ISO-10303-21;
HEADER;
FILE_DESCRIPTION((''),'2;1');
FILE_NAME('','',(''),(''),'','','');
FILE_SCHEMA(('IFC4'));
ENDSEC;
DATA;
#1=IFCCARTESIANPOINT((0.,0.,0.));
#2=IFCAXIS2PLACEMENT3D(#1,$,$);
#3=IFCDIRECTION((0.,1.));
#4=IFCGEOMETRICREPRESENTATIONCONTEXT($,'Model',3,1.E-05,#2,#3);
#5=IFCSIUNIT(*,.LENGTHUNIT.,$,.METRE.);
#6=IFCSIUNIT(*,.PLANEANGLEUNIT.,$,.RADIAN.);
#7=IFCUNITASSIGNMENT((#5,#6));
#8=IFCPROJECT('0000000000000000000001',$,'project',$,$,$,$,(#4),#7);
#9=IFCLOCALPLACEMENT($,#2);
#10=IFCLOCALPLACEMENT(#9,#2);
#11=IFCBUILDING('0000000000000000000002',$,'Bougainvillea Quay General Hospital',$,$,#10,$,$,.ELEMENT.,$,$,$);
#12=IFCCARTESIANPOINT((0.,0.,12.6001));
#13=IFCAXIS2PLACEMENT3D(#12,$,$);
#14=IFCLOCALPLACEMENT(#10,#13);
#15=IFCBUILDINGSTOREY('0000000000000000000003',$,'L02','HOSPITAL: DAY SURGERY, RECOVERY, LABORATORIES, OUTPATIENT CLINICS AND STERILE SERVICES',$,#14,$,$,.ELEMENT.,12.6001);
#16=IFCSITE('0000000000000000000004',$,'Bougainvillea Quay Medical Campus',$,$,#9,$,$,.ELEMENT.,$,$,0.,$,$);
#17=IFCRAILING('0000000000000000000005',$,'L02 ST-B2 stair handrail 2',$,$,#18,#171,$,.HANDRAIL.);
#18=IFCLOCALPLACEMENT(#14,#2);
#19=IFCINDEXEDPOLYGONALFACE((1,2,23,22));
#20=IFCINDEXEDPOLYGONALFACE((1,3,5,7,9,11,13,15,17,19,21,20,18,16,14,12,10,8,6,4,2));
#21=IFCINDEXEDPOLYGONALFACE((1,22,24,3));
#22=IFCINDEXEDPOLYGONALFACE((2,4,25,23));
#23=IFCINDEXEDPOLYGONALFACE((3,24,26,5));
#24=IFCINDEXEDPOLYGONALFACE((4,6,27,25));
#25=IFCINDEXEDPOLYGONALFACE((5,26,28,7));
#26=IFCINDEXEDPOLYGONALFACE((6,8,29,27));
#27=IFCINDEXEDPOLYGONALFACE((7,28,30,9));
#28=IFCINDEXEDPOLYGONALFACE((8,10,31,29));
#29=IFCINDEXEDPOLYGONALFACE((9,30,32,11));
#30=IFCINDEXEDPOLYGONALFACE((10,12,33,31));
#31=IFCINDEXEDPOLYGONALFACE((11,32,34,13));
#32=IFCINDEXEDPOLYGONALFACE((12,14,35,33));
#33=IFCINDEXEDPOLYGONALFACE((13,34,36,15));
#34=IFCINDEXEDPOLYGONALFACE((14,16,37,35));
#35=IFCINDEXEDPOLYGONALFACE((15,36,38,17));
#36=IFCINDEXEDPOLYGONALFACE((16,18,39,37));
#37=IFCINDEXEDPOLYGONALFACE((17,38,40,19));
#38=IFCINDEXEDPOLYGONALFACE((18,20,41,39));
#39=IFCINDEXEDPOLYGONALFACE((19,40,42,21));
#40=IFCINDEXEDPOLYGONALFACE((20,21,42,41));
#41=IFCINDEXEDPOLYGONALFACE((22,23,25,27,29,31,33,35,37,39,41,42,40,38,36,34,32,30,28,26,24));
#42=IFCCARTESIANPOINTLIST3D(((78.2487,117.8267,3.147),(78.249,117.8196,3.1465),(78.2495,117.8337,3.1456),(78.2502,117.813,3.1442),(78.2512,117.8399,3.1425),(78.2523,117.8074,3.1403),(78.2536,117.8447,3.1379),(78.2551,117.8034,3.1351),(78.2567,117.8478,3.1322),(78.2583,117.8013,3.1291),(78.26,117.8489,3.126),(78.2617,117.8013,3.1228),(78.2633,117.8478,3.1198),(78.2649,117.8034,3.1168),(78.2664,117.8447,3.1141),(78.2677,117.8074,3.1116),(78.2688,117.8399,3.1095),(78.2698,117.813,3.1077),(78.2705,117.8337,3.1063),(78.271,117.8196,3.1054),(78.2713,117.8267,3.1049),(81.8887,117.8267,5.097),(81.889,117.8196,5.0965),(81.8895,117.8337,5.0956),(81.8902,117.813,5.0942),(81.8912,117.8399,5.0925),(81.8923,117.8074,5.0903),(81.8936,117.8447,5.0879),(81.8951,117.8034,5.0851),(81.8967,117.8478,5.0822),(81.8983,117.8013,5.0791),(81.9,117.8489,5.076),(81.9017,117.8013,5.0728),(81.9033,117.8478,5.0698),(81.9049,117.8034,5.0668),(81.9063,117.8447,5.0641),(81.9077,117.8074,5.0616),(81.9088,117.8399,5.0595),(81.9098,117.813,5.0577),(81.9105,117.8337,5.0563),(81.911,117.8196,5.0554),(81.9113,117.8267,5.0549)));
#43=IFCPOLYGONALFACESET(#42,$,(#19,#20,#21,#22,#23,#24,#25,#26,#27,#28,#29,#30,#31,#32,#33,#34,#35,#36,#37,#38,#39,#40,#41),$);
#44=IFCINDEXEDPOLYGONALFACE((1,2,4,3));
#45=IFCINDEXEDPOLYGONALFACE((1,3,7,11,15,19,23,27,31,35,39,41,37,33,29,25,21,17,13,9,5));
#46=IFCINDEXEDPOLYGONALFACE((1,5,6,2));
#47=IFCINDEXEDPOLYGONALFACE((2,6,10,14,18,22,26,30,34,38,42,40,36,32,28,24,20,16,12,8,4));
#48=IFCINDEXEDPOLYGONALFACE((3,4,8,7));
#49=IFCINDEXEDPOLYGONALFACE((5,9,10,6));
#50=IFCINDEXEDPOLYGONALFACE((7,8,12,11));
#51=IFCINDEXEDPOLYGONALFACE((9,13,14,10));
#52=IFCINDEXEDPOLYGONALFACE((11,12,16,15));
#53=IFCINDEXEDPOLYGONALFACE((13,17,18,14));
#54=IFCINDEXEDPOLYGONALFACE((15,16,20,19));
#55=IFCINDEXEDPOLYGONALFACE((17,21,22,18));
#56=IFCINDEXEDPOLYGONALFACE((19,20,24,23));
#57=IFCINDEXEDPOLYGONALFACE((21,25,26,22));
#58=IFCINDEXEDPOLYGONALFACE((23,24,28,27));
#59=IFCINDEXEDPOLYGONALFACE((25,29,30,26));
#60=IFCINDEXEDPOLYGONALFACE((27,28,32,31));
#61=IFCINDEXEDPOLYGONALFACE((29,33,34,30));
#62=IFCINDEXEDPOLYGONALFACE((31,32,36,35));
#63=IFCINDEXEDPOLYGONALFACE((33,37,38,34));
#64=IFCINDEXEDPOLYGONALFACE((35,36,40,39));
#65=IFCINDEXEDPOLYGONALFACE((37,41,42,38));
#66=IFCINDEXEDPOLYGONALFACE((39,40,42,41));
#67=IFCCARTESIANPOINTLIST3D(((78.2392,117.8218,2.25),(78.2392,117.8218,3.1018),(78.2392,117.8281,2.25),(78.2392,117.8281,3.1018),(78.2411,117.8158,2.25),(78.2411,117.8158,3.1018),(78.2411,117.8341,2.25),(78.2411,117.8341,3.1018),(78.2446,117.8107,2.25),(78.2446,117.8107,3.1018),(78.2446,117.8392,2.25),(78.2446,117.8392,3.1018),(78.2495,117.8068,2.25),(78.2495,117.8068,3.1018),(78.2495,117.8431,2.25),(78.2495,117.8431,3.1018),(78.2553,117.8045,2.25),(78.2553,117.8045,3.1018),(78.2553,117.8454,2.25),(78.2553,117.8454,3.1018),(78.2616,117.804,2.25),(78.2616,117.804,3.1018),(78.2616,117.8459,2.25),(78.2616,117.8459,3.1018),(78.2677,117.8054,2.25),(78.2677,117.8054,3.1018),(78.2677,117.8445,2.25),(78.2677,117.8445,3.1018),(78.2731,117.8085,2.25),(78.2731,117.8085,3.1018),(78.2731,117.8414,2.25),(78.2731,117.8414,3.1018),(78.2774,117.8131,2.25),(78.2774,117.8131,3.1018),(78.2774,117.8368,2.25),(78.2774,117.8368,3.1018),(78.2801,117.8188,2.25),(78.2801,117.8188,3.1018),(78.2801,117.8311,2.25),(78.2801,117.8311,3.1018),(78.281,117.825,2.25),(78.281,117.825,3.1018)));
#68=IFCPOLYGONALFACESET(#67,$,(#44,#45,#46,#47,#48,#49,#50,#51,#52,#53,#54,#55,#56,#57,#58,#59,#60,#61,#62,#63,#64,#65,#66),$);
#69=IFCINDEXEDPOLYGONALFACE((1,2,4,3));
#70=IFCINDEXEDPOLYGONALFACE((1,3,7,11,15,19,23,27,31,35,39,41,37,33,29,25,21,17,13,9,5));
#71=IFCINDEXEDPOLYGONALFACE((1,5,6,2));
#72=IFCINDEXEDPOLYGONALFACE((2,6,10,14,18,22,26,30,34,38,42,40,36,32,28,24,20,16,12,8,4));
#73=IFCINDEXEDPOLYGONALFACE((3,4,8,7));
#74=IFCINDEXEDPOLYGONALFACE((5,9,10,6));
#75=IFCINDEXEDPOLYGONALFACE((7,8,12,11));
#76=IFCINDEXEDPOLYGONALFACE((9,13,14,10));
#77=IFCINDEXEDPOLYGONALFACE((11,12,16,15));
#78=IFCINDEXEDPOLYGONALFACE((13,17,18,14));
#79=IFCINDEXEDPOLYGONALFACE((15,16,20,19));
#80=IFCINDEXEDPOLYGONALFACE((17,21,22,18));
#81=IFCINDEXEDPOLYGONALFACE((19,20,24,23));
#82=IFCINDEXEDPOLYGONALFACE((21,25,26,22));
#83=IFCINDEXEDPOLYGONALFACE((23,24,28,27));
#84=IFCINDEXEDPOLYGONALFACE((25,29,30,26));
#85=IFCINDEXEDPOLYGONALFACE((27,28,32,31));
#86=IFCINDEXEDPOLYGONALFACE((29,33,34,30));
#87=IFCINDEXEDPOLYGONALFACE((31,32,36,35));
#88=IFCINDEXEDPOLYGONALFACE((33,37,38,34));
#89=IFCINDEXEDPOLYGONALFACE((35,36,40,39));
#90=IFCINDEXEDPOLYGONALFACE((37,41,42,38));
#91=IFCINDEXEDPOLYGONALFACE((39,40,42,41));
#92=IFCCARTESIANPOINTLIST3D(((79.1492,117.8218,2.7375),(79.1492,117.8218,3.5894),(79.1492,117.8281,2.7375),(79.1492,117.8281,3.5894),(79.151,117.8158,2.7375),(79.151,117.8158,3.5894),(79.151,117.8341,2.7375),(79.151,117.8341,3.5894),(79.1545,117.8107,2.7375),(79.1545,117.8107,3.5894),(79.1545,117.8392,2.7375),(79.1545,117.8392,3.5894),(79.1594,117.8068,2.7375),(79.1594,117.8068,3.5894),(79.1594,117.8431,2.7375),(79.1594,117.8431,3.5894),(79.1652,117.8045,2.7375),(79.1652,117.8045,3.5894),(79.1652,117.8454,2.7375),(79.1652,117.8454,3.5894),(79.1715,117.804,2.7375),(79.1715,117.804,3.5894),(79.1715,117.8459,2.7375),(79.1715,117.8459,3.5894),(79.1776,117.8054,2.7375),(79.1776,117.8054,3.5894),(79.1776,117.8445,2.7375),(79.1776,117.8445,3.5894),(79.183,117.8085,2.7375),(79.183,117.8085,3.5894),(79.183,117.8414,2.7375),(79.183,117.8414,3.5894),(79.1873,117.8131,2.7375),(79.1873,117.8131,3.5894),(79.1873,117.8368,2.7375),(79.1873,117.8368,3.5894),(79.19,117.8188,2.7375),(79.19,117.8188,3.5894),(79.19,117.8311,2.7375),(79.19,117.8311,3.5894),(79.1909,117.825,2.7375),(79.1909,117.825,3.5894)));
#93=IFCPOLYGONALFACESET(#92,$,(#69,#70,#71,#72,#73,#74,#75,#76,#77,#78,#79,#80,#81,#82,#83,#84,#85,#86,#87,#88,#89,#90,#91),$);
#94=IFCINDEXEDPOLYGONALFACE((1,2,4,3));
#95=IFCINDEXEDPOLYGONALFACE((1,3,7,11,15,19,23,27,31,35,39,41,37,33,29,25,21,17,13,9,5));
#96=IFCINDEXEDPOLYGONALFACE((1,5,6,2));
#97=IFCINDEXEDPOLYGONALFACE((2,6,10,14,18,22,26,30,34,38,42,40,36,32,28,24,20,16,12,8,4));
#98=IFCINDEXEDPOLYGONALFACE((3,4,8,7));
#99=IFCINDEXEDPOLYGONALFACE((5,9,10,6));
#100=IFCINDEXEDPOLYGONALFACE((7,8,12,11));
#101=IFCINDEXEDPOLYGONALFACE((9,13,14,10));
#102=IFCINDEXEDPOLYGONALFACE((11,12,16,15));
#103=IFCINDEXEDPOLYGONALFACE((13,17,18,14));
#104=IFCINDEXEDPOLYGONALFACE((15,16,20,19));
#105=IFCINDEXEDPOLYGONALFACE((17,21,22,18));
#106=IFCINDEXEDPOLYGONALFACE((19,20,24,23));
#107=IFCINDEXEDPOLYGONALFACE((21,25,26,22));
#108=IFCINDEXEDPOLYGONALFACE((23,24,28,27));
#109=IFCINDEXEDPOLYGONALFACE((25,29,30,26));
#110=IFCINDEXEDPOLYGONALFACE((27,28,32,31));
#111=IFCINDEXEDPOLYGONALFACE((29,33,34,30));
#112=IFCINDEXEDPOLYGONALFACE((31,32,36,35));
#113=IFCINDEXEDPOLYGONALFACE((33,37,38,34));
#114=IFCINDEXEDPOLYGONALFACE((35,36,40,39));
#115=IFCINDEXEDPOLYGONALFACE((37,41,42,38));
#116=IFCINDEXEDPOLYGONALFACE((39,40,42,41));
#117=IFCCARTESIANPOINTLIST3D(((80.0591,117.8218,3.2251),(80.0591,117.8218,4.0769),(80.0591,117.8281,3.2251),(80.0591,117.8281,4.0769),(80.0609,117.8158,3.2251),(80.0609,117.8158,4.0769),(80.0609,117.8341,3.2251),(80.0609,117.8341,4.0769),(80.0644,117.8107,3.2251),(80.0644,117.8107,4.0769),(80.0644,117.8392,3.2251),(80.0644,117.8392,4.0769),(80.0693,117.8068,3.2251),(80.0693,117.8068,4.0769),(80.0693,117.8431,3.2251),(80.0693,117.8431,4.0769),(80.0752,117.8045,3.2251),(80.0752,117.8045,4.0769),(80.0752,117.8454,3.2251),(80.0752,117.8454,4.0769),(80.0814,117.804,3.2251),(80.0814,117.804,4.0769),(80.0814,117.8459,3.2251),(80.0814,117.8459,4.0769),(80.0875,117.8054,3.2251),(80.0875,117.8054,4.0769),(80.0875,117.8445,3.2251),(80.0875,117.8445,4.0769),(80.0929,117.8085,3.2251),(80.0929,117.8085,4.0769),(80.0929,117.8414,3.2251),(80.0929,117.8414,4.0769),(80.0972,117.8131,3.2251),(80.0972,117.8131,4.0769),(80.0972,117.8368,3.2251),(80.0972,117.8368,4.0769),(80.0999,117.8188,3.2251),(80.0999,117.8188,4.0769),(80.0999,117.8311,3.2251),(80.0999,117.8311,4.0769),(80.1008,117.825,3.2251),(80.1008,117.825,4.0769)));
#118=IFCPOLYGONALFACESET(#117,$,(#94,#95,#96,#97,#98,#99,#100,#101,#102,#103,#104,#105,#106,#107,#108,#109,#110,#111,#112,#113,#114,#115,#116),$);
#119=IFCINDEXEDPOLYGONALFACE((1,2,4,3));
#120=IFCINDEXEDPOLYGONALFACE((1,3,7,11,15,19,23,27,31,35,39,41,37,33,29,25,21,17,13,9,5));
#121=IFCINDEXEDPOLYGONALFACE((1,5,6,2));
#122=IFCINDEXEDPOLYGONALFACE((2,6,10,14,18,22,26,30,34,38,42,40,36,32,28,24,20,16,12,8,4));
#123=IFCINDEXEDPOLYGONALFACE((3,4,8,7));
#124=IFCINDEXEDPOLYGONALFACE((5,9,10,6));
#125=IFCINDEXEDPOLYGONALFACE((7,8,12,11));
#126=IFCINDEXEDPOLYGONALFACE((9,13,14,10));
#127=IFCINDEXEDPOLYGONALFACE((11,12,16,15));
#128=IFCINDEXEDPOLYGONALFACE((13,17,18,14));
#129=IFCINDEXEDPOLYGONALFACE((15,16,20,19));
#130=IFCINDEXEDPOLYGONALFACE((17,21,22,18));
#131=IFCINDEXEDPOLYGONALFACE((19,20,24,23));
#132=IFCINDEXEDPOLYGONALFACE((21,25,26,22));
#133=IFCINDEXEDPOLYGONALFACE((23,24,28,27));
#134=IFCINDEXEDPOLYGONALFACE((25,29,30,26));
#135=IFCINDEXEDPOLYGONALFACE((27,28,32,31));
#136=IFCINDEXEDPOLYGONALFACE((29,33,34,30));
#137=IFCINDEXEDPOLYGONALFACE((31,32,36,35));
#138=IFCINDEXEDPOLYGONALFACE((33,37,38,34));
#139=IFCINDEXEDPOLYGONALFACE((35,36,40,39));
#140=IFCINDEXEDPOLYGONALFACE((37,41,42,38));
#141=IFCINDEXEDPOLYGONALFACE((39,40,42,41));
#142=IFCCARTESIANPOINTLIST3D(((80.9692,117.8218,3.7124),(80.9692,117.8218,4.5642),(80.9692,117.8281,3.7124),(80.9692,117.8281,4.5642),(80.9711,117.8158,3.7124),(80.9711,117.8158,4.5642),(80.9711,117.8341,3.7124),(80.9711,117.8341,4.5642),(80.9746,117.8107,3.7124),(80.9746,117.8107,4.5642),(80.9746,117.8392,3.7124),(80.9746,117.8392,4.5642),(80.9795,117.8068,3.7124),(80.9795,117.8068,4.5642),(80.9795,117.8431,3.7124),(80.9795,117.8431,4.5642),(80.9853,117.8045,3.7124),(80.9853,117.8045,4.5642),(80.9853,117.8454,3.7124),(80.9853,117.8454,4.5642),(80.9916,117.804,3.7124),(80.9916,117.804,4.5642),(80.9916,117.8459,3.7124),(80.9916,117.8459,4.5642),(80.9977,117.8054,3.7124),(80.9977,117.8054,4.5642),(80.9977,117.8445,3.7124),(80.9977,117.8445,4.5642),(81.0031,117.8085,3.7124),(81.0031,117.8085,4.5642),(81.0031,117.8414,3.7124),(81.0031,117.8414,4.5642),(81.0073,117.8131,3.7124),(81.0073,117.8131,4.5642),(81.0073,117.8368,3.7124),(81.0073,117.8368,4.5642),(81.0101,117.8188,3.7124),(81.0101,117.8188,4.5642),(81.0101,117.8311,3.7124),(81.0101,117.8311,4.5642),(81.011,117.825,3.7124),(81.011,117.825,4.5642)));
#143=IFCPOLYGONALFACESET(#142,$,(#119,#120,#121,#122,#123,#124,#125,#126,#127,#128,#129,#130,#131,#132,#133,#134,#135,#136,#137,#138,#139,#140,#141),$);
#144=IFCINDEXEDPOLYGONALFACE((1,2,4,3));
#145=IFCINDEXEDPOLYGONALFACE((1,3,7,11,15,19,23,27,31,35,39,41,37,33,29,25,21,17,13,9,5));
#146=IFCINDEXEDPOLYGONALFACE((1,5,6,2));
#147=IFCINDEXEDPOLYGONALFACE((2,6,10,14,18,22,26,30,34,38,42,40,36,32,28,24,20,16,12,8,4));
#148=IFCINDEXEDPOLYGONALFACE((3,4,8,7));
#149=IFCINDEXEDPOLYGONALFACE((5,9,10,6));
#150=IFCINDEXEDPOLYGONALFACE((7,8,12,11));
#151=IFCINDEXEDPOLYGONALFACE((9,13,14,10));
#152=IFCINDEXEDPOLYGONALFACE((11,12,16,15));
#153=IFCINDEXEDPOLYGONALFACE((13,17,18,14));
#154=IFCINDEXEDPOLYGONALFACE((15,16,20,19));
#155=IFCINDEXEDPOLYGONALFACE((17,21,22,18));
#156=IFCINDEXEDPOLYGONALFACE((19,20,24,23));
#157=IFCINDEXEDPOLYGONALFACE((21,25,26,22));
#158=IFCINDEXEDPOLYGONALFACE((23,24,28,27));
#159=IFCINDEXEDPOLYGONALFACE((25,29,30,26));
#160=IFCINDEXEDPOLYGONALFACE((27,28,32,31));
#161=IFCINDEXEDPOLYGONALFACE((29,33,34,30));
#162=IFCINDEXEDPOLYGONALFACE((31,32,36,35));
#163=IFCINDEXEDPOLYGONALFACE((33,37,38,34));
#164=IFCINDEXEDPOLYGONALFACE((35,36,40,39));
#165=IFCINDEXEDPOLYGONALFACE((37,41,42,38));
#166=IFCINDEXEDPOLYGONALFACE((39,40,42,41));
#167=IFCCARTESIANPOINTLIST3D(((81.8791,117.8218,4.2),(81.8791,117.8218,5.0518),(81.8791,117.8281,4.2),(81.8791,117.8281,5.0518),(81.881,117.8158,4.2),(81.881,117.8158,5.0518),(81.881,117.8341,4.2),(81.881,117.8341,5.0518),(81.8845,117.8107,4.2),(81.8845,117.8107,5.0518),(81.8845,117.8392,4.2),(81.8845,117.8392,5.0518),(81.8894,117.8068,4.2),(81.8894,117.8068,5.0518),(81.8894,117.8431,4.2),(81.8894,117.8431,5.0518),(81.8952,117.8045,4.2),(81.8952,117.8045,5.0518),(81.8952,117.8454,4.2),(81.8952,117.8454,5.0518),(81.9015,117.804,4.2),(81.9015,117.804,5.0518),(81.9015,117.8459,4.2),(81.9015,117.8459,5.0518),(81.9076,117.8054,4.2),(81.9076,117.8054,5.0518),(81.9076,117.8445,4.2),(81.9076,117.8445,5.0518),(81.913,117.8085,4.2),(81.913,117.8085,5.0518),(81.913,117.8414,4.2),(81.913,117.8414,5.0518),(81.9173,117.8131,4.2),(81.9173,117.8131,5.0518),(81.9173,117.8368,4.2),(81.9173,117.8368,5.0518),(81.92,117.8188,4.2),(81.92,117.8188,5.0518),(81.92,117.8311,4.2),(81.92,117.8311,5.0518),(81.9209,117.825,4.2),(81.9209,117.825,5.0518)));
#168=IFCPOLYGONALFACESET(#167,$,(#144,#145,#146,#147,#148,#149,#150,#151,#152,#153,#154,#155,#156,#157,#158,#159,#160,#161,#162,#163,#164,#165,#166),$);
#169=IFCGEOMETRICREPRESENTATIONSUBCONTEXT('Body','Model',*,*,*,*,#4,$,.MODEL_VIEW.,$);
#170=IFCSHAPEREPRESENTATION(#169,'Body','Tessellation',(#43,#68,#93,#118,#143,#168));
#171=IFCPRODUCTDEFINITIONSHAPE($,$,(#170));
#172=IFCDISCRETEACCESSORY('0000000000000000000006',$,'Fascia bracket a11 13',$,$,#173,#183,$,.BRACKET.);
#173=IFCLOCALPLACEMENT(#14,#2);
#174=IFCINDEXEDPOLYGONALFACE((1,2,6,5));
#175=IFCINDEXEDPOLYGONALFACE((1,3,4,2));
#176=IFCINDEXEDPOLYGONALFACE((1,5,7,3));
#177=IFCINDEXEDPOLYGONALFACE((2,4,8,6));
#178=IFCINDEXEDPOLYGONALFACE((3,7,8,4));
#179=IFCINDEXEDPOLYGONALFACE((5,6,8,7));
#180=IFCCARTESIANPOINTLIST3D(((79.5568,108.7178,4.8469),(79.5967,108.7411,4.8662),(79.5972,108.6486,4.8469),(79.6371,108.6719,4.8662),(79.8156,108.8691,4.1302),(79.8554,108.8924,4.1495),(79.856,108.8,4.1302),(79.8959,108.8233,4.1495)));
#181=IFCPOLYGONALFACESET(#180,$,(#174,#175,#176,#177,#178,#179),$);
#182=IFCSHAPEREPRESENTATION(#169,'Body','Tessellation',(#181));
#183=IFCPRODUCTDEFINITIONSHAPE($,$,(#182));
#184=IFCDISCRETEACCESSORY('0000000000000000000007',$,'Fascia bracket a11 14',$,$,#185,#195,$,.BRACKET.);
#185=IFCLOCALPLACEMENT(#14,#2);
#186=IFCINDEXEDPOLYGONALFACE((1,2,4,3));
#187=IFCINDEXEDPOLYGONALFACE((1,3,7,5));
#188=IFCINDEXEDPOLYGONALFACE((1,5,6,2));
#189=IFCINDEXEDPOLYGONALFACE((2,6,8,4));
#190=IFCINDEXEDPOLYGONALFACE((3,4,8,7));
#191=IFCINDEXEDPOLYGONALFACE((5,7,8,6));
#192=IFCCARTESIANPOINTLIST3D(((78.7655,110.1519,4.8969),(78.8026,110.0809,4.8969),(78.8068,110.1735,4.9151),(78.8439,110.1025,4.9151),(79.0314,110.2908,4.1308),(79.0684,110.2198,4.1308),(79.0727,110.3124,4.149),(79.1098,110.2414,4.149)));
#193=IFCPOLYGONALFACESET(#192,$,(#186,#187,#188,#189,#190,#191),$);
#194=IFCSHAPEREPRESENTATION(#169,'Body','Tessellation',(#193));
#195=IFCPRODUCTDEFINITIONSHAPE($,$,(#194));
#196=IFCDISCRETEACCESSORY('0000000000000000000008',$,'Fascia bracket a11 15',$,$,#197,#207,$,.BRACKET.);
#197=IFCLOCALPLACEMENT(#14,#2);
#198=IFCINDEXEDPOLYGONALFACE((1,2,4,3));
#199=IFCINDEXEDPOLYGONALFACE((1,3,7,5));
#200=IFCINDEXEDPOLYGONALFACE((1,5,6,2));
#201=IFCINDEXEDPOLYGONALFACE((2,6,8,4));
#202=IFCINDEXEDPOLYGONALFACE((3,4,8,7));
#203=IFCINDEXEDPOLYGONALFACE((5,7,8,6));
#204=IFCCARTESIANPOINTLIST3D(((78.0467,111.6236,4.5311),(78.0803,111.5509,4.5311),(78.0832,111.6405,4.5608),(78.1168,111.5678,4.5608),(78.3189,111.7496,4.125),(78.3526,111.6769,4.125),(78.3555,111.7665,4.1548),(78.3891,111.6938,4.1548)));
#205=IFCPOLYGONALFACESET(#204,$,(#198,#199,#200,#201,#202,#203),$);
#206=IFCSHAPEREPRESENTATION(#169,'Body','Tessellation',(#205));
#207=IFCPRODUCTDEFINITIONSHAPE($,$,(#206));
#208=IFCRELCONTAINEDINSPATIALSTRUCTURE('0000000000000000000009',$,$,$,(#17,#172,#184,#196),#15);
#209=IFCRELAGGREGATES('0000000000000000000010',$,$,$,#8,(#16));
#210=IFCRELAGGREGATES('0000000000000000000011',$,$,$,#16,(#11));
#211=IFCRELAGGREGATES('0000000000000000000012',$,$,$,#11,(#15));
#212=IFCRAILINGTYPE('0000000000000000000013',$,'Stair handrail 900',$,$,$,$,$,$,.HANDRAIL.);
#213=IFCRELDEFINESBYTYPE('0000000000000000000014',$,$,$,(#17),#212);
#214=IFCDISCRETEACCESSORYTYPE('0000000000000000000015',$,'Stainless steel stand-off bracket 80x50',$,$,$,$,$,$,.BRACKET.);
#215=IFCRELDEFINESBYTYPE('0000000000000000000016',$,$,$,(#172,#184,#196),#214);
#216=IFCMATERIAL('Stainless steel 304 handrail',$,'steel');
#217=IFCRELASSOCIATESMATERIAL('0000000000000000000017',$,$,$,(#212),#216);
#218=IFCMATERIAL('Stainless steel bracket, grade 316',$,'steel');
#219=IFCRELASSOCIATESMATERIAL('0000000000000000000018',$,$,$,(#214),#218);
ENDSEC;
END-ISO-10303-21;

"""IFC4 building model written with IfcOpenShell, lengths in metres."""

from ifc_helpers import new_model, si_unit, direction, frame, origin, origin_2d, place, context, subcontext, project, spatial, rectangle, circle, extrude, material, material_profile, profile_set, type_object, element, save


model = new_model("IFC4")

# Units and contexts
model_context = context("Model", 3, precision=1e-05, world=origin(), true_north=direction((0.0, 1.0)))
body_context = subcontext(model_context, "Body", "Model", "MODEL_VIEW")
ifc_project = project(units=[si_unit("LENGTHUNIT", "METRE"), si_unit("PLANEANGLEUNIT", "RADIAN")], contexts=[model_context])

# Site, building, storey
site_placement = place(None, origin())
site = spatial("IfcSite", under=ifc_project, at=site_placement, Name="Bougainvillea Quay Medical Campus", CompositionType="ELEMENT", RefElevation=0.0)
building_placement = place(site_placement, origin())
building = spatial("IfcBuilding", under=site, at=building_placement, Name="Bougainvillea Quay General Hospital", CompositionType="ELEMENT")
storey_placement = place(building_placement, frame((0.0, 0.0, 12.6001)))
storey = spatial("IfcBuildingStorey", under=building, at=storey_placement, Name="L02", Description="HOSPITAL: DAY SURGERY, RECOVERY, LABORATORIES, OUTPATIENT CLINICS AND STERILE SERVICES", CompositionType="ELEMENT", Elevation=12.6001)

# Railing
ifc_material_1 = material(Name="Stainless steel 304 handrail", Category="steel")
railing_type_1 = type_object("IfcRailingType", Name="Stair handrail 900", PredefinedType="HANDRAIL", material=ifc_material_1)
railing_1_placement = place(storey_placement, frame((78.26, 117.825, 2.25)))
element("IfcRailing", 1, at=railing_1_placement, inside=storey, type_object=railing_type_1, Name="L02 ST-B2 stair handrail 2", PredefinedType="HANDRAIL", context=body_context, shape_type="SweptSolid", body=[
    extrude(circle(Radius=0.0239, at=origin_2d()), frame((0.0, 0.0, 0.876), z_axis=(0.881479, 0.0, 0.472223), x_axis=(0.0, 1.0, 0.0)), (0.0, 0.0, 1.0), 4.1294),
    extrude(circle(Radius=0.021, at=origin_2d()), origin(), (0.0, 0.0, 1.0), 0.8518),
    extrude(circle(Radius=0.021, at=origin_2d()), frame((0.9099, 0.0, 0.4875)), (0.0, 0.0, 1.0), 0.8518),
    extrude(circle(Radius=0.021, at=origin_2d()), frame((1.8198, 0.0, 0.9751)), (0.0, 0.0, 1.0), 0.8518),
    extrude(circle(Radius=0.021, at=origin_2d()), frame((2.73, 0.0, 1.4624)), (0.0, 0.0, 1.0), 0.8518),
    extrude(circle(Radius=0.021, at=origin_2d()), frame((3.6399, 0.0, 1.95)), (0.0, 0.0, 1.0), 0.8518),
])

# Discrete accessories
ifc_material_2 = material(Name="Stainless steel bracket, grade 316", Category="steel")
ifc_material_profile_1 = material_profile(ifc_material_2, rectangle(XDim=0.0801, YDim=0.05, at=origin_2d()))
ifc_profile_set_1 = profile_set([ifc_material_profile_1], Name="Stainless steel bracket, grade 316")
discrete_accessory_type = type_object("IfcDiscreteAccessoryType", Name="Stainless steel stand-off bracket 80x50", PredefinedType="BRACKET", material=ifc_profile_set_1)
discrete_accessory_1_placement = place(storey_placement, frame((79.8557, 108.8462, 4.1399), z_axis=(-0.333075, -0.194817, 0.922555), x_axis=(0.504883, -0.863188, 0.0)))
element("IfcDiscreteAccessory", 2, at=discrete_accessory_1_placement, inside=storey, type_object=discrete_accessory_type, Name="Fascia bracket a11 13", PredefinedType="BRACKET", context=body_context, shape_type="SweptSolid", body=[
    extrude(rectangle(XDim=0.0801, YDim=0.05, at=origin_2d()), origin(), (0.0, 0.0, 1.0), 0.7769),
])
discrete_accessory_2_placement = place(storey_placement, frame((79.0706, 110.2661, 4.1399), z_axis=(-0.323148, -0.168844, 0.931164), x_axis=(0.463094, -0.886309, 0.0)))
element("IfcDiscreteAccessory", 3, at=discrete_accessory_2_placement, inside=storey, type_object=discrete_accessory_type, Name="Fascia bracket a11 14", PredefinedType="BRACKET", context=body_context, shape_type="SweptSolid", body=[
    extrude(rectangle(XDim=0.0801, YDim=0.05, at=origin_2d()), origin(), (0.0, 0.0, 1.0), 0.8228),
])
discrete_accessory_3_placement = place(storey_placement, frame((78.354, 111.7217, 4.1399), z_axis=(-0.539268, -0.249562, 0.804307), x_axis=(0.419987, -0.90753, 0.0)))
element("IfcDiscreteAccessory", 4, at=discrete_accessory_3_placement, inside=storey, type_object=discrete_accessory_type, Name="Fascia bracket a11 15", PredefinedType="BRACKET", context=body_context, shape_type="SweptSolid", body=[
    extrude(rectangle(XDim=0.0801, YDim=0.05, at=origin_2d()), origin(), (0.0, 0.0, 1.0), 0.5049),
])

save(model, "model.ifc")
